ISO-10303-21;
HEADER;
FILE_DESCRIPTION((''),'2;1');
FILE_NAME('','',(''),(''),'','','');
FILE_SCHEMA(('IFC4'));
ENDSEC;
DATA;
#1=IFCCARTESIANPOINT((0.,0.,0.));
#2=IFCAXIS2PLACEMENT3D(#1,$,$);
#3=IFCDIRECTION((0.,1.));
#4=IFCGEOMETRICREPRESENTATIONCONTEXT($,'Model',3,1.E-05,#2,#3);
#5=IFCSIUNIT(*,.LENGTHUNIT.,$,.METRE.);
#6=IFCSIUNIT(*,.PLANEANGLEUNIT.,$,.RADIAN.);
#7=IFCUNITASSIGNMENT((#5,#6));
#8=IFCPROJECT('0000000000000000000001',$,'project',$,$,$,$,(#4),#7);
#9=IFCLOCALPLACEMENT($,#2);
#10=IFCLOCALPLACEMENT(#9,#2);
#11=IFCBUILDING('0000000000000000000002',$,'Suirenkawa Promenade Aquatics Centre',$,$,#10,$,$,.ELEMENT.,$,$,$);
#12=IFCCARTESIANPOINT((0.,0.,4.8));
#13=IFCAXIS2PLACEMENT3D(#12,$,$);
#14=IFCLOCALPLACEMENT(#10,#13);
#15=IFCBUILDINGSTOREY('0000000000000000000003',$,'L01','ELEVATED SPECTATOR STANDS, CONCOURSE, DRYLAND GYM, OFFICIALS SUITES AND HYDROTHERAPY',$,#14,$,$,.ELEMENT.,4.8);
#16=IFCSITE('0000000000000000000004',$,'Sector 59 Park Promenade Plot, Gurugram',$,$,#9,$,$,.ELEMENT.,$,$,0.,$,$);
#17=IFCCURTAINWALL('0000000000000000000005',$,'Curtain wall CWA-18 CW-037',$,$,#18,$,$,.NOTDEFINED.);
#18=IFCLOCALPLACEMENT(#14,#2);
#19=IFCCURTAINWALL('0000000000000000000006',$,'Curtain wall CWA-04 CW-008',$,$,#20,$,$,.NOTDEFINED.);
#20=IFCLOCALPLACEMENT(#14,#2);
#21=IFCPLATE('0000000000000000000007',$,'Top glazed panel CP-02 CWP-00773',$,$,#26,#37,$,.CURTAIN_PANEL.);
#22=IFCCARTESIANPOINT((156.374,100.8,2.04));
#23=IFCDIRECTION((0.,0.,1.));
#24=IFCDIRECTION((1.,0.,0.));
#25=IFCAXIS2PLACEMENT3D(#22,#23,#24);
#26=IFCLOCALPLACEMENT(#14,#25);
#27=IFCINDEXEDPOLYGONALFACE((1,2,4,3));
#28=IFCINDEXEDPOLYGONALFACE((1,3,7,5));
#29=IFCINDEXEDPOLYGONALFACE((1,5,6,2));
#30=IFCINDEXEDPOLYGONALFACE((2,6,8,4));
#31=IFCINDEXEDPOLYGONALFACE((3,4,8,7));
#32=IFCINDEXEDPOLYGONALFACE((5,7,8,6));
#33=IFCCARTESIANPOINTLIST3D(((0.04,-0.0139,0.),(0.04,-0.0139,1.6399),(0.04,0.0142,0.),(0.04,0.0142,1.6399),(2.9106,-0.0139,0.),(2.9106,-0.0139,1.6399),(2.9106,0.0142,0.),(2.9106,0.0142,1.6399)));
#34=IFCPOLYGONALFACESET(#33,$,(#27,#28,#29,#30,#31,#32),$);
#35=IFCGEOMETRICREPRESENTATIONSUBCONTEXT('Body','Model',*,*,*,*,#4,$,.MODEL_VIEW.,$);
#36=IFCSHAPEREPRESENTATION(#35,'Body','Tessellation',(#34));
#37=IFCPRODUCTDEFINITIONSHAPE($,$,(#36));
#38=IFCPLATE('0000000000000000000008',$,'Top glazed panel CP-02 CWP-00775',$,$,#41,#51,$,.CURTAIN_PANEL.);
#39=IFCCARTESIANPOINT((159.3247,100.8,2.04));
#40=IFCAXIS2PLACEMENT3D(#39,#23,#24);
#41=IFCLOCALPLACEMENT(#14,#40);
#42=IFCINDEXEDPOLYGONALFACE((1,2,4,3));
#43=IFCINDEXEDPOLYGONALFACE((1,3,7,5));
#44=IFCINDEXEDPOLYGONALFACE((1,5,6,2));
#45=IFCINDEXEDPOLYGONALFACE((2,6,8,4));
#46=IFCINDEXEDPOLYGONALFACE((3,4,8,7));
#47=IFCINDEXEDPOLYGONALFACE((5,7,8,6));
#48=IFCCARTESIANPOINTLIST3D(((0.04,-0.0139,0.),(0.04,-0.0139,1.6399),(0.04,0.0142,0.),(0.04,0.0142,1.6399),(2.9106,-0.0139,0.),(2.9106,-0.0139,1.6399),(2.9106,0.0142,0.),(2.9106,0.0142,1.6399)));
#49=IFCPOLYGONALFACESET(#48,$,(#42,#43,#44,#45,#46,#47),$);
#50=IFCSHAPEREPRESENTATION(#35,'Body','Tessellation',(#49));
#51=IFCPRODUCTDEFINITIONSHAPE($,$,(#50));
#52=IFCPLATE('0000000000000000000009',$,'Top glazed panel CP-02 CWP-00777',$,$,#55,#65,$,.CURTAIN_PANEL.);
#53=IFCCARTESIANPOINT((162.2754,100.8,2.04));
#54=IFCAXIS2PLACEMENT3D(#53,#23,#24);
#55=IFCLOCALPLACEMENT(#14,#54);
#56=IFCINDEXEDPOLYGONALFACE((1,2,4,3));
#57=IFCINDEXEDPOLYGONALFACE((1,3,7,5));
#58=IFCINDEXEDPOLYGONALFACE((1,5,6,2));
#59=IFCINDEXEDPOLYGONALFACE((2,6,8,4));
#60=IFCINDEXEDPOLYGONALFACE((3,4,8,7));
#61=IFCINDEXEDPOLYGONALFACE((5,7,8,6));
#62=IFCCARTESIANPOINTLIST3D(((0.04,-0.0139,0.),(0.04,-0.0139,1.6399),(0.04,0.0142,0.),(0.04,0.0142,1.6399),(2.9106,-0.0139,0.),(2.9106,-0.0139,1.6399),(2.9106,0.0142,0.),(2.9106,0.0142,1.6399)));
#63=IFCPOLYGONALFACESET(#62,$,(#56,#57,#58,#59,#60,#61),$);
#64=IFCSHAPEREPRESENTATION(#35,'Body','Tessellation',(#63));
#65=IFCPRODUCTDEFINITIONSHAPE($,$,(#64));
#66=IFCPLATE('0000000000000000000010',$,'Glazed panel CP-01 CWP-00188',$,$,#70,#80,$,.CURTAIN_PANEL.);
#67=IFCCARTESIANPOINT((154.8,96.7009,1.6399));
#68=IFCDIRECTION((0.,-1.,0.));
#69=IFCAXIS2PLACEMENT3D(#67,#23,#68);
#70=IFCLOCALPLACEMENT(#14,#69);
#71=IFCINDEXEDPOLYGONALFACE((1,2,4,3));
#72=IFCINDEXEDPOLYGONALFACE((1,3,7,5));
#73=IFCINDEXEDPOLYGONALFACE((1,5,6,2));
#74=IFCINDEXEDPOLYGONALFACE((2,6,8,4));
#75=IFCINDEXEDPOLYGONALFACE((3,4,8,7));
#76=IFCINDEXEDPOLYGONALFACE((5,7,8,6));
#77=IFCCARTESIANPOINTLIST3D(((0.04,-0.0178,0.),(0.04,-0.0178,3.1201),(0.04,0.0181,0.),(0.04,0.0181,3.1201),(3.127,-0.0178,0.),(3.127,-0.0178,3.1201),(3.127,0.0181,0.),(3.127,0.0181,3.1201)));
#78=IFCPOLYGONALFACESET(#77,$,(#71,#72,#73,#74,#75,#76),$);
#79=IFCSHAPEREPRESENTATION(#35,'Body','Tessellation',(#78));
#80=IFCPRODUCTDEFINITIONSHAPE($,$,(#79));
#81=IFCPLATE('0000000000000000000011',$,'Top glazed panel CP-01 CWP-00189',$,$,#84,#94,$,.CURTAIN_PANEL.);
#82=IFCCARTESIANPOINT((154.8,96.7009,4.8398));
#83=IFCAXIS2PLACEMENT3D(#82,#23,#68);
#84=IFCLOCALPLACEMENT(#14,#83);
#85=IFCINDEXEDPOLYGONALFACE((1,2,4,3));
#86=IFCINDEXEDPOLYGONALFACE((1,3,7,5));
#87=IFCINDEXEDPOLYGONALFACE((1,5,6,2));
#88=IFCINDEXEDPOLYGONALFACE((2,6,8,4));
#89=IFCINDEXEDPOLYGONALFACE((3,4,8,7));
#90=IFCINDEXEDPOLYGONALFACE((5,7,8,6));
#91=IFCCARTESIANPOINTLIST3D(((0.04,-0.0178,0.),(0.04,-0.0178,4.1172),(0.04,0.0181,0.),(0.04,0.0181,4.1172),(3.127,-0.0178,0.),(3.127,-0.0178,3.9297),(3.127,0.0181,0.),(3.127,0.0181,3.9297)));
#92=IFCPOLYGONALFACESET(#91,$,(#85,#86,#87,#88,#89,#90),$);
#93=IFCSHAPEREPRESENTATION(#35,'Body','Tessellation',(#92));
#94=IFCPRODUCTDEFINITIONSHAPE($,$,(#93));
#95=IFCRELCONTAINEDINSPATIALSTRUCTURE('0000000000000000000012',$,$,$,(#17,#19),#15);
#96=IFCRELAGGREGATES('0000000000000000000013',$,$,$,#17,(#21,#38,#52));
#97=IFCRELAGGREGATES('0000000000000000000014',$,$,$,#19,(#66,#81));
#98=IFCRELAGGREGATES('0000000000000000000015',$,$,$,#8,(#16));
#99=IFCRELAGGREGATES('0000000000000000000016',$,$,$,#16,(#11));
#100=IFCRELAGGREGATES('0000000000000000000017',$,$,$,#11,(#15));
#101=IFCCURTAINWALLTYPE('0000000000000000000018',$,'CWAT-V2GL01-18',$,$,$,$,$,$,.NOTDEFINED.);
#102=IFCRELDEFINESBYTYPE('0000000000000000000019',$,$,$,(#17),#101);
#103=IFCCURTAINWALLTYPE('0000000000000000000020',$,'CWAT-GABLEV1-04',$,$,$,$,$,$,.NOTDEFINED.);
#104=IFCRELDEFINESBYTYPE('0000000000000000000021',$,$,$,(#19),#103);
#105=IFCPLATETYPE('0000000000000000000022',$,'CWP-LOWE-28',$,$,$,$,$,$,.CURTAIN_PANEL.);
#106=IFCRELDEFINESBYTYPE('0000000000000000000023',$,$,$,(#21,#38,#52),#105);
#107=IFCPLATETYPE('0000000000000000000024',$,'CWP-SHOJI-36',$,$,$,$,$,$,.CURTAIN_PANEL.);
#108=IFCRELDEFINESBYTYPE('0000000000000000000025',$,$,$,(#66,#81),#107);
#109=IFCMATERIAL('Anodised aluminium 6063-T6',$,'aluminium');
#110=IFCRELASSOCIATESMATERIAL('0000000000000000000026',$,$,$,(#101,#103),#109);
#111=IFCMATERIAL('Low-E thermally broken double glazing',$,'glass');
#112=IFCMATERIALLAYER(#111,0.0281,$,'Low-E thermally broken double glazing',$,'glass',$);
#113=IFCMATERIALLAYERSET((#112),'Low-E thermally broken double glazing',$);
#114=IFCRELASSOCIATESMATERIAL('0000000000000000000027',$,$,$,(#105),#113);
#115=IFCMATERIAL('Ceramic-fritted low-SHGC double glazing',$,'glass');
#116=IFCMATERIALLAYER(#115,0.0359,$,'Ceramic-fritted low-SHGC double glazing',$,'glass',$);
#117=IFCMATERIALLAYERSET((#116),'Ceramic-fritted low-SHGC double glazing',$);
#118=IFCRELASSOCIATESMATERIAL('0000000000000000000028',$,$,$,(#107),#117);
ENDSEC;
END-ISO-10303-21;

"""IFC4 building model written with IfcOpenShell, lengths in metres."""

from ifc_helpers import new_model, si_unit, direction, frame, origin, place, context, subcontext, project, spatial, polyline, outline, extrude, material, layer, layer_set, type_object, element, aggregate, save


model = new_model("IFC4")

# Units and contexts
model_context = context("Model", 3, precision=1e-05, world=origin(), true_north=direction((0.0, 1.0)))
body_context = subcontext(model_context, "Body", "Model", "MODEL_VIEW")
ifc_project = project(units=[si_unit("LENGTHUNIT", "METRE"), si_unit("PLANEANGLEUNIT", "RADIAN")], contexts=[model_context])

# Site, building, storey
site_placement = place(None, origin())
site = spatial("IfcSite", under=ifc_project, at=site_placement, Name="Sector 59 Park Promenade Plot, Gurugram", CompositionType="ELEMENT", RefElevation=0.0)
building_placement = place(site_placement, origin())
building = spatial("IfcBuilding", under=site, at=building_placement, Name="Suirenkawa Promenade Aquatics Centre", CompositionType="ELEMENT")
storey_placement = place(building_placement, frame((0.0, 0.0, 4.8)))
storey = spatial("IfcBuildingStorey", under=building, at=storey_placement, Name="L01", Description="ELEVATED SPECTATOR STANDS, CONCOURSE, DRYLAND GYM, OFFICIALS SUITES AND HYDROTHERAPY", CompositionType="ELEMENT", Elevation=4.8)

# Curtain wall
ifc_material_1 = material(Name="Anodised aluminium 6063-T6", Category="aluminium")
curtain_wall_type_1 = type_object("IfcCurtainWallType", Name="CWAT-V2GL01-18", PredefinedType="NOTDEFINED", material=ifc_material_1)
curtain_wall_1_placement = place(storey_placement, origin())
curtain_wall_1 = element("IfcCurtainWall", 1, at=curtain_wall_1_placement, inside=storey, type_object=curtain_wall_type_1, Name="Curtain wall CWA-18 CW-037", PredefinedType="NOTDEFINED")

# Curtain wall
curtain_wall_type_2 = type_object("IfcCurtainWallType", Name="CWAT-GABLEV1-04", PredefinedType="NOTDEFINED", material=ifc_material_1)
curtain_wall_2_placement = place(storey_placement, origin())
curtain_wall_2 = element("IfcCurtainWall", 2, at=curtain_wall_2_placement, inside=storey, type_object=curtain_wall_type_2, Name="Curtain wall CWA-04 CW-008", PredefinedType="NOTDEFINED")

# Plates
ifc_material_2 = material(Name="Low-E thermally broken double glazing", Category="glass")
ifc_layer_1 = layer(ifc_material_2, 0.0281, Name="Low-E thermally broken double glazing", Category="glass")
ifc_layer_set_1 = layer_set([ifc_layer_1], Name="Low-E thermally broken double glazing")
plate_type_1 = type_object("IfcPlateType", Name="CWP-LOWE-28", PredefinedType="CURTAIN_PANEL", material=ifc_layer_set_1)
plate_1_placement = place(storey_placement, frame((156.374, 100.8, 2.04), z_axis=(0.0, 0.0, 1.0), x_axis=(1.0, 0.0, 0.0)))
plate_1 = element("IfcPlate", 3, at=plate_1_placement, type_object=plate_type_1, Name="Top glazed panel CP-02 CWP-00773", PredefinedType="CURTAIN_PANEL", context=body_context, shape_type="SweptSolid", body=[
    extrude(outline(polyline([(0.04, 0.0), (2.9106, 0.0), (2.9106, 1.6399), (0.04, 1.6399), (0.04, 0.0)])), frame((0.0, 0.0142, 0.0), z_axis=(0.0, -1.0, 0.0), x_axis=(1.0, 0.0, 0.0)), (0.0, 0.0, 1.0), 0.0281),
])
plate_2_placement = place(storey_placement, frame((159.3247, 100.8, 2.04), z_axis=(0.0, 0.0, 1.0), x_axis=(1.0, 0.0, 0.0)))
plate_2 = element("IfcPlate", 4, at=plate_2_placement, type_object=plate_type_1, Name="Top glazed panel CP-02 CWP-00775", PredefinedType="CURTAIN_PANEL", context=body_context, shape_type="SweptSolid", body=[
    extrude(outline(polyline([(0.04, 0.0), (2.9106, 0.0), (2.9106, 1.6399), (0.04, 1.6399), (0.04, 0.0)])), frame((0.0, 0.0142, 0.0), z_axis=(0.0, -1.0, 0.0), x_axis=(1.0, 0.0, 0.0)), (0.0, 0.0, 1.0), 0.0281),
])
plate_3_placement = place(storey_placement, frame((162.2754, 100.8, 2.04), z_axis=(0.0, 0.0, 1.0), x_axis=(1.0, 0.0, 0.0)))
plate_3 = element("IfcPlate", 5, at=plate_3_placement, type_object=plate_type_1, Name="Top glazed panel CP-02 CWP-00777", PredefinedType="CURTAIN_PANEL", context=body_context, shape_type="SweptSolid", body=[
    extrude(outline(polyline([(0.04, 0.0), (2.9106, 0.0), (2.9106, 1.6399), (0.04, 1.6399), (0.04, 0.0)])), frame((0.0, 0.0142, 0.0), z_axis=(0.0, -1.0, 0.0), x_axis=(1.0, 0.0, 0.0)), (0.0, 0.0, 1.0), 0.0281),
])
aggregate(curtain_wall_1, [plate_1, plate_2, plate_3])
ifc_material_3 = material(Name="Ceramic-fritted low-SHGC double glazing", Category="glass")
ifc_layer_2 = layer(ifc_material_3, 0.0359, Name="Ceramic-fritted low-SHGC double glazing", Category="glass")
ifc_layer_set_2 = layer_set([ifc_layer_2], Name="Ceramic-fritted low-SHGC double glazing")
plate_type_2 = type_object("IfcPlateType", Name="CWP-SHOJI-36", PredefinedType="CURTAIN_PANEL", material=ifc_layer_set_2)
plate_4_placement = place(storey_placement, frame((154.8, 96.7009, 1.6399), z_axis=(0.0, 0.0, 1.0), x_axis=(0.0, -1.0, 0.0)))
plate_4 = element("IfcPlate", 6, at=plate_4_placement, type_object=plate_type_2, Name="Glazed panel CP-01 CWP-00188", PredefinedType="CURTAIN_PANEL", context=body_context, shape_type="SweptSolid", body=[
    extrude(outline(polyline([(0.04, 0.0), (3.127, 0.0), (3.127, 3.1201), (0.04, 3.1201), (0.04, 0.0)])), frame((0.0, 0.0181, 0.0), z_axis=(0.0, -1.0, 0.0), x_axis=(1.0, 0.0, 0.0)), (0.0, 0.0, 1.0), 0.0359),
])
plate_5_placement = place(storey_placement, frame((154.8, 96.7009, 4.8398), z_axis=(0.0, 0.0, 1.0), x_axis=(0.0, -1.0, 0.0)))
plate_5 = element("IfcPlate", 7, at=plate_5_placement, type_object=plate_type_2, Name="Top glazed panel CP-01 CWP-00189", PredefinedType="CURTAIN_PANEL", context=body_context, shape_type="SweptSolid", body=[
    extrude(outline(polyline([(0.04, 0.0), (3.127, 0.0), (3.127, 3.9297), (0.04, 4.1172), (0.04, 0.0)])), frame((0.0, 0.0181, 0.0), z_axis=(0.0, -1.0, 0.0), x_axis=(1.0, 0.0, 0.0)), (0.0, 0.0, 1.0), 0.0359),
])
aggregate(curtain_wall_2, [plate_4, plate_5])

save(model, "model.ifc")
